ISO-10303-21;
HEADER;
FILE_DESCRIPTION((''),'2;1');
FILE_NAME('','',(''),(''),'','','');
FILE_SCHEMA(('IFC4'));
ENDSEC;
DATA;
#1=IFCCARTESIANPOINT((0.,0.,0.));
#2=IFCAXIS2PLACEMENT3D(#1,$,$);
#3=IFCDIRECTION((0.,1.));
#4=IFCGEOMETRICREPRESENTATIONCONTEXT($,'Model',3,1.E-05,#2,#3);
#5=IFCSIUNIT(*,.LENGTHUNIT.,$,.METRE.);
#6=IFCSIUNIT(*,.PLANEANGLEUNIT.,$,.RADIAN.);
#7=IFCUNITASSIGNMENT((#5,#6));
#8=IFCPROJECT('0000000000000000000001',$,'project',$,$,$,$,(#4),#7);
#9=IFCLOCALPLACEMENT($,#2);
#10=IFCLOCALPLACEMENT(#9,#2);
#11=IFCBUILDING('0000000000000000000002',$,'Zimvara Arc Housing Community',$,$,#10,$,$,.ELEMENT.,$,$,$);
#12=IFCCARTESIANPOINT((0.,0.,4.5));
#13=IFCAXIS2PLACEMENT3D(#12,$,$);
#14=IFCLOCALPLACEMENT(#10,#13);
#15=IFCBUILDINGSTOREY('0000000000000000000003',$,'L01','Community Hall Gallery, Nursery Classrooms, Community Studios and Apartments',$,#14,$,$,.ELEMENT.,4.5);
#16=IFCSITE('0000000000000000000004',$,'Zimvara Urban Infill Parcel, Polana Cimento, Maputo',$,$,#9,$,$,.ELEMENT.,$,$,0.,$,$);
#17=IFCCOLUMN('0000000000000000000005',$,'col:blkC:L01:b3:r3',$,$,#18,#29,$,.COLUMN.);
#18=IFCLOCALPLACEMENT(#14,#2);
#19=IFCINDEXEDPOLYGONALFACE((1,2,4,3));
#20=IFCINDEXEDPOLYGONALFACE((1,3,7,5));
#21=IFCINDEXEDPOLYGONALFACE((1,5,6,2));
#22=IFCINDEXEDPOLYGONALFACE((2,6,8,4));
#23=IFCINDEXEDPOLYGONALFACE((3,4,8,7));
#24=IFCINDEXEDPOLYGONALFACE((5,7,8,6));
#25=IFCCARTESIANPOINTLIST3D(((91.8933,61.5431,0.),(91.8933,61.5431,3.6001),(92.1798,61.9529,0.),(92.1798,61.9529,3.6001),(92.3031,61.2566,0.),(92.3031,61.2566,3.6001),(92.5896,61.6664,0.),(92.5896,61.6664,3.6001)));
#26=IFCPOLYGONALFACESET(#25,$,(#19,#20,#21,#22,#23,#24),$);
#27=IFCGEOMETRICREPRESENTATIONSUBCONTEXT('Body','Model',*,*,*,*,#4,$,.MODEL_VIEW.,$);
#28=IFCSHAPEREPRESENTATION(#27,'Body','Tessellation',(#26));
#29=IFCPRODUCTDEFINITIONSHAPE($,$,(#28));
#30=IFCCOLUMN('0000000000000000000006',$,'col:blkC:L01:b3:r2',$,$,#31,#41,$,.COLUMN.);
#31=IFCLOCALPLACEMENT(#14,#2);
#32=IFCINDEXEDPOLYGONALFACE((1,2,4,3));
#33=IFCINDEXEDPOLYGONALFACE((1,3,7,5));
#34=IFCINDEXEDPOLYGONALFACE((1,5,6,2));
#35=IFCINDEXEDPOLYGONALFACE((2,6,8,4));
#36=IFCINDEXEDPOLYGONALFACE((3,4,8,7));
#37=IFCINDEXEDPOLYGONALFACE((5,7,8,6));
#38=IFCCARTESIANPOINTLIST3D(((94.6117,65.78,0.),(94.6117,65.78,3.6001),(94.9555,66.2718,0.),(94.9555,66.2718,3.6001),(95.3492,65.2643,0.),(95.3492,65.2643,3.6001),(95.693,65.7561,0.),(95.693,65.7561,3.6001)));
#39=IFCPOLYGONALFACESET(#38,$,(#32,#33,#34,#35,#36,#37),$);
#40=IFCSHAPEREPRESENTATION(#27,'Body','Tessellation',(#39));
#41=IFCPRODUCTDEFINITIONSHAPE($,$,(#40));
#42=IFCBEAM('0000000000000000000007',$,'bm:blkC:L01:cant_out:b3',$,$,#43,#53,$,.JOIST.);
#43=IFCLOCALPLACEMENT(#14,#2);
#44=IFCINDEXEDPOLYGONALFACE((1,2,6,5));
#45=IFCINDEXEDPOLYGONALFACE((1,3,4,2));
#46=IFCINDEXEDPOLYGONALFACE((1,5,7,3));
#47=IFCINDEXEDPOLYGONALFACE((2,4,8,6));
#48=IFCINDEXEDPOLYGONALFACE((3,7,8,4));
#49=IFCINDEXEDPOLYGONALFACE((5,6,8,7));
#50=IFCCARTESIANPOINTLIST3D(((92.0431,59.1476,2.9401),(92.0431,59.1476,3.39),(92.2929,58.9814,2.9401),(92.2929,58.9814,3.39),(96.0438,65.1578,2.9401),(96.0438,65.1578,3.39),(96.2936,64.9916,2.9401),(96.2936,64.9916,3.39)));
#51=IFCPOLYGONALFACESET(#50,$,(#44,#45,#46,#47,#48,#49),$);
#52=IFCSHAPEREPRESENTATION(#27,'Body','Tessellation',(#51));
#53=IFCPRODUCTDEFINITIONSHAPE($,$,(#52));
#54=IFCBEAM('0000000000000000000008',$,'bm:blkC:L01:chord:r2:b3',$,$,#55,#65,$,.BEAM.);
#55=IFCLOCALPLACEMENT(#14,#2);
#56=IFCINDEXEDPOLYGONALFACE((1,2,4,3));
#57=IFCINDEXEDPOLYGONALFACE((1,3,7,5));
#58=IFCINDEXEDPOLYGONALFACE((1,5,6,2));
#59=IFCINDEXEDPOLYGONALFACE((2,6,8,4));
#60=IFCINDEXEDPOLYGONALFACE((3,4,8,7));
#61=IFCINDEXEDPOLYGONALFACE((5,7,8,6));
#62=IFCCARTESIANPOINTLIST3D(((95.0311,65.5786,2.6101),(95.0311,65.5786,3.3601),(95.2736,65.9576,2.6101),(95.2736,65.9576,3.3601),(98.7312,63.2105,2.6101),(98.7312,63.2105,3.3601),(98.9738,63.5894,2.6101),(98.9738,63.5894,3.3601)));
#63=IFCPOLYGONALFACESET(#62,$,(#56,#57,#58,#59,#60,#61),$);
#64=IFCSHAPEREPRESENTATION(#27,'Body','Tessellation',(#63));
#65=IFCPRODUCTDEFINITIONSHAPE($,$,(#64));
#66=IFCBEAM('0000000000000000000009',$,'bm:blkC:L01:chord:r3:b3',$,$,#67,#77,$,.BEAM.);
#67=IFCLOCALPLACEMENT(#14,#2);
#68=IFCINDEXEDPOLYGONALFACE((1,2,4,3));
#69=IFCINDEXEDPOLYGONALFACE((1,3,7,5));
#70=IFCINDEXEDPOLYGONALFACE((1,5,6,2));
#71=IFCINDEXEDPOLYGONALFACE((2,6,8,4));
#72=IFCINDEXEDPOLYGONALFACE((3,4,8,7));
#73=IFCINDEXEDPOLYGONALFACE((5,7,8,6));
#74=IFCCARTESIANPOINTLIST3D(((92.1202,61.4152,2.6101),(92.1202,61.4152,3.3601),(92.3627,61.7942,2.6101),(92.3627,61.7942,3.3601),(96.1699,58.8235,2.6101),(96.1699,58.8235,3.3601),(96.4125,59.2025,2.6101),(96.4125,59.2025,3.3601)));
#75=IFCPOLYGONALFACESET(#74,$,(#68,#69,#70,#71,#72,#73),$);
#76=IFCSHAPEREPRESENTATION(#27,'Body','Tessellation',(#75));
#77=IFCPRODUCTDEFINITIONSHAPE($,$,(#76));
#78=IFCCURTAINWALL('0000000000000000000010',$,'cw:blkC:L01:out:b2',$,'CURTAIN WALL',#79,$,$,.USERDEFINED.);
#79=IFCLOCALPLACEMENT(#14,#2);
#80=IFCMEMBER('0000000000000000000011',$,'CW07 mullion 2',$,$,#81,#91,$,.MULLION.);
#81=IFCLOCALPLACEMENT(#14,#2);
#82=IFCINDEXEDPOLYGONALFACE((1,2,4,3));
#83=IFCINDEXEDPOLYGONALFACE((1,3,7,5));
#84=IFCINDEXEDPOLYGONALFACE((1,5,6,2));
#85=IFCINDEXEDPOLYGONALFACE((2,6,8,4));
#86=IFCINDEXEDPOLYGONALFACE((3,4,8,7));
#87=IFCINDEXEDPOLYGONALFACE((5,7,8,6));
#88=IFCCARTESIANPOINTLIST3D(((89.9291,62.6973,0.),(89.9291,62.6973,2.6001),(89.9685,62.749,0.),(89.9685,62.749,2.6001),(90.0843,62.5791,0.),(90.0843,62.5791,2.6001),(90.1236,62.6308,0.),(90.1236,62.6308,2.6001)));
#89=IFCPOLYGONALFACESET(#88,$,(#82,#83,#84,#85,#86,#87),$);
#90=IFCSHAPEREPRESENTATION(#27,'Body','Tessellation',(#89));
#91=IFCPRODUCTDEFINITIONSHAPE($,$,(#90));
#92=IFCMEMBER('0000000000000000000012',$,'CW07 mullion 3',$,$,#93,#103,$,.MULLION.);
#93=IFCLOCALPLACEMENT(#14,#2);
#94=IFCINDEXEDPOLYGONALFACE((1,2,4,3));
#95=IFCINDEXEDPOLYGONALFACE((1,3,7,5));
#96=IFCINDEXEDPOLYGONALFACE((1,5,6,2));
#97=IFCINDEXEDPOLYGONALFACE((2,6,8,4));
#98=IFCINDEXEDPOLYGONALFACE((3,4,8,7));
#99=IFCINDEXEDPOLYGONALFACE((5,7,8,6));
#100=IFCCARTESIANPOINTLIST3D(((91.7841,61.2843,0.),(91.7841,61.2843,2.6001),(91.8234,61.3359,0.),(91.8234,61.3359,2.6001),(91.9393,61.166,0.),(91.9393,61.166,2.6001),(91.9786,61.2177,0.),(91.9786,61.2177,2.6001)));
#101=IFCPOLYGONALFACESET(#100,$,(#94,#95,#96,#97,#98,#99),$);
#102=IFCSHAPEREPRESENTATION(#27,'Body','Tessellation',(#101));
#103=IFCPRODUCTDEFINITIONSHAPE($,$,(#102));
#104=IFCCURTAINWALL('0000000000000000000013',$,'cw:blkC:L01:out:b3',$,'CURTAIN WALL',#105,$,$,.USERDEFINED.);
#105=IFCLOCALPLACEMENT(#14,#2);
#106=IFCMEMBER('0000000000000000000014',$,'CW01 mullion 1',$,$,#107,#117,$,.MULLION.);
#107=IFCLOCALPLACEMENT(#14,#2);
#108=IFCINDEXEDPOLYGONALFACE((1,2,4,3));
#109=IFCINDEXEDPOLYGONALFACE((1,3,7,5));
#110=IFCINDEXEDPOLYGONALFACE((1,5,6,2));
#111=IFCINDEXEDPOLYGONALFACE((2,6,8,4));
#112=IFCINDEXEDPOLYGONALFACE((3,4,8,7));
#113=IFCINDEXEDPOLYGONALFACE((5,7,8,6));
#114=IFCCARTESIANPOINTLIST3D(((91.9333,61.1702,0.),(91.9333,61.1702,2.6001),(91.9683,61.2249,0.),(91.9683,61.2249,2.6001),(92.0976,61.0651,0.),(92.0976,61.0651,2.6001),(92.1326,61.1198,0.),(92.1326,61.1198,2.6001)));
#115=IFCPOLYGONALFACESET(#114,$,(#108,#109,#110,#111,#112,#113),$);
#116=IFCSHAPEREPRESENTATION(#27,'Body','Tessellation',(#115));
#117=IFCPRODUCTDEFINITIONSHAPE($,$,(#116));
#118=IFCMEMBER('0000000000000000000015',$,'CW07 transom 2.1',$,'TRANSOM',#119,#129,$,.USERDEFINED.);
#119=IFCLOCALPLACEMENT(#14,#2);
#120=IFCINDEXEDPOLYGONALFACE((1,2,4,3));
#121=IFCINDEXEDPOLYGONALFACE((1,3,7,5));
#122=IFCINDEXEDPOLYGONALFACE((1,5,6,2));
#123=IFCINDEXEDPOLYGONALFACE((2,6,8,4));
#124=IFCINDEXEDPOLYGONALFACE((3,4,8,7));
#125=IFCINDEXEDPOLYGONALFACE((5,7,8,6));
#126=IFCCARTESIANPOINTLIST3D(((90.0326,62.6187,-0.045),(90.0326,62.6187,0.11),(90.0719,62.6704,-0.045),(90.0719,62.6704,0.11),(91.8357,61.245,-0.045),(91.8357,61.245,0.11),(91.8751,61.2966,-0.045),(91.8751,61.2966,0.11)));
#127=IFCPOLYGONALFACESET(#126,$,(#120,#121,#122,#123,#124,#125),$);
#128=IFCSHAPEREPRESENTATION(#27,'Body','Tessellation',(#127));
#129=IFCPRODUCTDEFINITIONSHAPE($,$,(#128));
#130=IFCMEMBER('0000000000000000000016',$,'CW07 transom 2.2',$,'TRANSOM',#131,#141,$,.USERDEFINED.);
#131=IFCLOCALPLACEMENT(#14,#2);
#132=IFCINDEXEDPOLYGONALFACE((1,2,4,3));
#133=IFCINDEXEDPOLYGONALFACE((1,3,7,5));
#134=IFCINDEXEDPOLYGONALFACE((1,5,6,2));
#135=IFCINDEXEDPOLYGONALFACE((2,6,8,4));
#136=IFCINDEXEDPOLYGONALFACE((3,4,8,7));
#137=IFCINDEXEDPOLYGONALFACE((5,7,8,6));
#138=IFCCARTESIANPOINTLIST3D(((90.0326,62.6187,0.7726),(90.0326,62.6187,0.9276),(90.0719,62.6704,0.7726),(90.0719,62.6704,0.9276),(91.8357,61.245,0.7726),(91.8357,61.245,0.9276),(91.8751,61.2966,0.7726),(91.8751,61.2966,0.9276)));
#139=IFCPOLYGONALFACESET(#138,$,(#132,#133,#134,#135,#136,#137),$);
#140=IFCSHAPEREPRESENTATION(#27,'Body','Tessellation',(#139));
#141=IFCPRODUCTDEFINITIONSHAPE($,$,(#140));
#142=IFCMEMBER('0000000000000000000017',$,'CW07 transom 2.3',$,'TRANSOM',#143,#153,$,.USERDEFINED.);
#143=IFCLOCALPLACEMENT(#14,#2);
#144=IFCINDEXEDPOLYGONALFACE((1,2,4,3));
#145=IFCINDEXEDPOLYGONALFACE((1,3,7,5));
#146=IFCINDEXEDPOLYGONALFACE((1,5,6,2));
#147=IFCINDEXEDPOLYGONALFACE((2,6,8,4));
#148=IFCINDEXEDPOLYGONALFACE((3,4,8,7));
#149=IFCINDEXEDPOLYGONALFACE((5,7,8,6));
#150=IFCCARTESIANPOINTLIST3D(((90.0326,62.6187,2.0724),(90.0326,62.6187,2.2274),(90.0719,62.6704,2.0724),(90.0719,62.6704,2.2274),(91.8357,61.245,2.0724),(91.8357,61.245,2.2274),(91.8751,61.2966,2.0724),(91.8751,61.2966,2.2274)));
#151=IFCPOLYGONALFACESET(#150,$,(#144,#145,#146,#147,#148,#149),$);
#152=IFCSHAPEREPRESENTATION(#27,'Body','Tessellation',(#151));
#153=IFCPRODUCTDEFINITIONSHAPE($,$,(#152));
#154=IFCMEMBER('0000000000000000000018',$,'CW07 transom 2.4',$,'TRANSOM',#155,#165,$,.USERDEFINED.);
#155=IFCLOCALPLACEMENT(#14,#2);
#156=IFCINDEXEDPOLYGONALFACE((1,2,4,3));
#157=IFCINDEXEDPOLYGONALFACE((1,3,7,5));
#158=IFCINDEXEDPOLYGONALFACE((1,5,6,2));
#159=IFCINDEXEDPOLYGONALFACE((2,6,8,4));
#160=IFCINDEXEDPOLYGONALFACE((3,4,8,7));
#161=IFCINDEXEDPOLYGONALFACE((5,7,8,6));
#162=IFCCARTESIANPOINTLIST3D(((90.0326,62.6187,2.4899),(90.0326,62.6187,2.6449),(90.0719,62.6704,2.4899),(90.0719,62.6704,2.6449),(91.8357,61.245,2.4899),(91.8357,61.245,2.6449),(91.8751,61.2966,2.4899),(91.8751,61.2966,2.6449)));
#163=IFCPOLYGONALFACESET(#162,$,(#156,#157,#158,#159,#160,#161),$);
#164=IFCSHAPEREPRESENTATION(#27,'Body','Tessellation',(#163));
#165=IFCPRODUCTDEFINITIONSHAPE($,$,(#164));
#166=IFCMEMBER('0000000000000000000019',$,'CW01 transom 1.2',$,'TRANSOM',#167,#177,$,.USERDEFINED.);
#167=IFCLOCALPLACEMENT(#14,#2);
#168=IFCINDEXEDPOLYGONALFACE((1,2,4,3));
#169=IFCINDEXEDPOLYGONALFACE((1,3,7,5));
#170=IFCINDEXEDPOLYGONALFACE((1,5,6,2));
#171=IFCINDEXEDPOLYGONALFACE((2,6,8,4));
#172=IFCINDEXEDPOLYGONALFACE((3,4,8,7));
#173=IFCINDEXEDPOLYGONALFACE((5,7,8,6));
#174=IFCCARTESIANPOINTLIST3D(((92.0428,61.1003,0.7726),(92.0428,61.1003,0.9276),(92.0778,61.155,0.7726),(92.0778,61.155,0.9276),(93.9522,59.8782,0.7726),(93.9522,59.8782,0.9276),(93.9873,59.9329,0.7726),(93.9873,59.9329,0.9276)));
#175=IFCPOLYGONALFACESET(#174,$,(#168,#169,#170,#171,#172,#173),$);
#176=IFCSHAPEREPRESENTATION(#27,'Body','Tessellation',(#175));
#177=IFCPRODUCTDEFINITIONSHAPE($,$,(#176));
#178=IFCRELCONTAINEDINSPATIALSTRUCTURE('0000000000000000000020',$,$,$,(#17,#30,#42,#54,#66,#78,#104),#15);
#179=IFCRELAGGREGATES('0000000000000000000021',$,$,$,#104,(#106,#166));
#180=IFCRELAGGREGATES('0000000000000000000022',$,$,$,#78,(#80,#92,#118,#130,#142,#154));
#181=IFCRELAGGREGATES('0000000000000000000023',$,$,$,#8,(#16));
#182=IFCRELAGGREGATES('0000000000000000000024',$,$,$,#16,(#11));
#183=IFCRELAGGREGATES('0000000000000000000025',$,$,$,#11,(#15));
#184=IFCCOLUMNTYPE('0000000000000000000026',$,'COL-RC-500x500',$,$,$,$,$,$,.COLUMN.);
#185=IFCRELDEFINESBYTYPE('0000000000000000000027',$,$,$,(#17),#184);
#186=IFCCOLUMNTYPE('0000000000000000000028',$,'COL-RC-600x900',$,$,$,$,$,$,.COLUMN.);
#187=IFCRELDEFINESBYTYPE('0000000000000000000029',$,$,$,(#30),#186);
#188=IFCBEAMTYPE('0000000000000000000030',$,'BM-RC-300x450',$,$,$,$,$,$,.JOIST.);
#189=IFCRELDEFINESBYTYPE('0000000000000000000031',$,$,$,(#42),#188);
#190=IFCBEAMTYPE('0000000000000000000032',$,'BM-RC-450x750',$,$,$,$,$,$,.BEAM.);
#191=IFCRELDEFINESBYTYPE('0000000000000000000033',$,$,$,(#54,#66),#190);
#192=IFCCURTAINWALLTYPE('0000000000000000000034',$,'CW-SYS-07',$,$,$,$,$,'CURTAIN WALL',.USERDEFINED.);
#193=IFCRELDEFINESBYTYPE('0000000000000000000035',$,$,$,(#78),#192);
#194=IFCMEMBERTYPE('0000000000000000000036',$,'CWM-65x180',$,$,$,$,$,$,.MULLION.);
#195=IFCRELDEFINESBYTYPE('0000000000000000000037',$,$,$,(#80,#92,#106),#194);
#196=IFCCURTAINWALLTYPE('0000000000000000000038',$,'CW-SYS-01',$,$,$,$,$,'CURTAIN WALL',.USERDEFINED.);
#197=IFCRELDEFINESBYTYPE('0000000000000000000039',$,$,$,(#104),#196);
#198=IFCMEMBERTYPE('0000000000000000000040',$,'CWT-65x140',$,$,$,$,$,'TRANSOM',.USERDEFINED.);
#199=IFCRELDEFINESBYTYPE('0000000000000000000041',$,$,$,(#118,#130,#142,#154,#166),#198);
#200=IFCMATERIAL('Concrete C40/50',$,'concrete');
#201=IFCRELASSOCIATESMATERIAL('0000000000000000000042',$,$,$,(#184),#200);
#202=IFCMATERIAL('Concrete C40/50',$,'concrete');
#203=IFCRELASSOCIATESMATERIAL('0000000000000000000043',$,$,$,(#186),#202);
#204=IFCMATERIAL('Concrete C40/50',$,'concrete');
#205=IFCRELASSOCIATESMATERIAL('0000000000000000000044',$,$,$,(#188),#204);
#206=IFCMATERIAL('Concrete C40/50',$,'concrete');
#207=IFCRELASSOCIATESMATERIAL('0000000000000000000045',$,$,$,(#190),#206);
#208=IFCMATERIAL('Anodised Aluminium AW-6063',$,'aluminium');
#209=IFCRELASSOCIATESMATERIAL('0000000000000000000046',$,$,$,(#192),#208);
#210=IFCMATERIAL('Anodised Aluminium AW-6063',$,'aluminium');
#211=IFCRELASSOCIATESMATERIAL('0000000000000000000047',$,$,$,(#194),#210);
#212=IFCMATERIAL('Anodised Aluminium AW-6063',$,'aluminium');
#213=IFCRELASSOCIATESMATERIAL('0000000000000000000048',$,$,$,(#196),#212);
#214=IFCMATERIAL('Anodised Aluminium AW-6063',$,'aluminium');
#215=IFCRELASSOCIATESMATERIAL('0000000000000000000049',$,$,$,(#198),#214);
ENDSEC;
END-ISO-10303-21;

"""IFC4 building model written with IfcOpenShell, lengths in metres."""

from ifc_helpers import new_model, si_unit, direction, frame, origin, origin_2d, place, context, subcontext, project, spatial, rectangle, extrude, material, material_profile, profile_set, type_object, element, aggregate, save


model = new_model("IFC4")

# Units and contexts
model_context = context("Model", 3, precision=1e-05, world=origin(), true_north=direction((0.0, 1.0)))
body_context = subcontext(model_context, "Body", "Model", "MODEL_VIEW")
ifc_project = project(units=[si_unit("LENGTHUNIT", "METRE"), si_unit("PLANEANGLEUNIT", "RADIAN")], contexts=[model_context])

# Site, building, storey
site_placement = place(None, origin())
site = spatial("IfcSite", under=ifc_project, at=site_placement, Name="Zimvara Urban Infill Parcel, Polana Cimento, Maputo", CompositionType="ELEMENT", RefElevation=0.0)
building_placement = place(site_placement, origin())
building = spatial("IfcBuilding", under=site, at=building_placement, Name="Zimvara Arc Housing Community", CompositionType="ELEMENT")
storey_placement = place(building_placement, frame((0.0, 0.0, 4.5)))
storey = spatial("IfcBuildingStorey", under=building, at=storey_placement, Name="L01", Description="Community Hall Gallery, Nursery Classrooms, Community Studios and Apartments", CompositionType="ELEMENT", Elevation=4.5)

# Columns
ifc_material_1 = material(Name="Concrete C40/50", Category="concrete")
ifc_material_profile_1 = material_profile(ifc_material_1, rectangle(XDim=0.5, YDim=0.5, at=origin_2d()), Name="RC 500x500")
ifc_profile_set_1 = profile_set([ifc_material_profile_1], Name="Concrete C40/50")
column_type_1 = type_object("IfcColumnType", Name="COL-RC-500x500", PredefinedType="COLUMN", material=ifc_profile_set_1)
column_1_placement = place(storey_placement, frame((92.2415, 61.6047, 0.0), z_axis=(0.0, 0.0, 1.0), x_axis=(-0.573004, -0.819552, 0.0)))
element("IfcColumn", 1, at=column_1_placement, inside=storey, type_object=column_type_1, Name="col:blkC:L01:b3:r3", PredefinedType="COLUMN", context=body_context, shape_type="SweptSolid", body=[
    extrude(rectangle(XDim=0.5, YDim=0.5, at=origin_2d()), origin(), (0.0, 0.0, 1.0), 3.6001),
])
ifc_material_2 = material(Name="Concrete C40/50", Category="concrete")
ifc_material_profile_2 = material_profile(ifc_material_2, rectangle(XDim=0.6001, YDim=0.8999, at=origin_2d()), Name="RC 600x900")
ifc_profile_set_2 = profile_set([ifc_material_profile_2], Name="Concrete C40/50")
column_type_2 = type_object("IfcColumnType", Name="COL-RC-600x900", PredefinedType="COLUMN", material=ifc_profile_set_2)
column_2_placement = place(storey_placement, frame((95.1523, 65.7681, 0.0), z_axis=(0.0, 0.0, 1.0), x_axis=(-0.573004, -0.819552, 0.0)))
element("IfcColumn", 2, at=column_2_placement, inside=storey, type_object=column_type_2, Name="col:blkC:L01:b3:r2", PredefinedType="COLUMN", context=body_context, shape_type="SweptSolid", body=[
    extrude(rectangle(XDim=0.6001, YDim=0.8999, at=origin_2d()), origin(), (0.0, 0.0, 1.0), 3.6001),
])

# Beams
ifc_material_3 = material(Name="Concrete C40/50", Category="concrete")
ifc_material_profile_3 = material_profile(ifc_material_3, rectangle(XDim=0.3, YDim=0.45, at=origin_2d()), Name="RC 300x450")
ifc_profile_set_3 = profile_set([ifc_material_profile_3], Name="Concrete C40/50")
beam_type_1 = type_object("IfcBeamType", Name="BM-RC-300x450", PredefinedType="JOIST", material=ifc_profile_set_3)
beam_1_placement = place(storey_placement, frame((96.1687, 65.0747, 3.165), z_axis=(-0.554115, -0.83244, 0.0), x_axis=(0.83244, -0.554115, 0.0)))
element("IfcBeam", 3, at=beam_1_placement, inside=storey, type_object=beam_type_1, Name="bm:blkC:L01:cant_out:b3", PredefinedType="JOIST", context=body_context, shape_type="SweptSolid", body=[
    extrude(rectangle(XDim=0.3, YDim=0.45, at=origin_2d()), origin(), (0.0, 0.0, 1.0), 7.22),
])
ifc_material_4 = material(Name="Concrete C40/50", Category="concrete")
ifc_material_profile_4 = material_profile(ifc_material_4, rectangle(XDim=0.45, YDim=0.75, at=origin_2d()), Name="RC 450x750")
ifc_profile_set_4 = profile_set([ifc_material_profile_4], Name="Concrete C40/50")
beam_type_2 = type_object("IfcBeamType", Name="BM-RC-450x750", PredefinedType="BEAM", material=ifc_profile_set_4)
beam_2_placement = place(storey_placement, frame((95.1523, 65.7681, 2.9851), z_axis=(0.842267, -0.53906, 0.0), x_axis=(0.53906, 0.842267, 0.0)))
element("IfcBeam", 4, at=beam_2_placement, inside=storey, type_object=beam_type_2, Name="bm:blkC:L01:chord:r2:b3", PredefinedType="BEAM", context=body_context, shape_type="SweptSolid", body=[
    extrude(rectangle(XDim=0.45, YDim=0.75, at=origin_2d()), origin(), (0.0, 0.0, 1.0), 4.3931),
])
beam_3_placement = place(storey_placement, frame((92.2415, 61.6047, 2.9851), z_axis=(0.842279, -0.539042, 0.0), x_axis=(0.539042, 0.842279, 0.0)))
element("IfcBeam", 5, at=beam_3_placement, inside=storey, type_object=beam_type_2, Name="bm:blkC:L01:chord:r3:b3", PredefinedType="BEAM", context=body_context, shape_type="SweptSolid", body=[
    extrude(rectangle(XDim=0.45, YDim=0.75, at=origin_2d()), origin(), (0.0, 0.0, 1.0), 4.8081),
])

# Curtain wall, members
ifc_material_5 = material(Name="Anodised Aluminium AW-6063", Category="aluminium")
curtain_wall_type_1 = type_object("IfcCurtainWallType", Name="CW-SYS-07", ElementType="CURTAIN WALL", PredefinedType="USERDEFINED", material=ifc_material_5)
curtain_wall_1_placement = place(storey_placement, origin())
curtain_wall_1 = element("IfcCurtainWall", 6, at=curtain_wall_1_placement, inside=storey, type_object=curtain_wall_type_1, Name="cw:blkC:L01:out:b2", ObjectType="CURTAIN WALL", PredefinedType="USERDEFINED")
ifc_material_6 = material(Name="Anodised Aluminium AW-6063", Category="aluminium")
ifc_material_profile_5 = material_profile(ifc_material_6, rectangle(XDim=0.0649, YDim=0.1951, at=origin_2d()), Name="ALU 65x195")
ifc_profile_set_5 = profile_set([ifc_material_profile_5], Name="Anodised Aluminium AW-6063")
member_type_1 = type_object("IfcMemberType", Name="CWM-65x180", PredefinedType="MULLION", material=ifc_profile_set_5)
member_1_placement = place(storey_placement, frame((90.0264, 62.6641, 0.0), z_axis=(0.0, 0.0, 1.0), x_axis=(0.605988, 0.795474, 0.0)))
member_1 = element("IfcMember", 7, at=member_1_placement, type_object=member_type_1, Name="CW07 mullion 2", PredefinedType="MULLION", context=body_context, shape_type="SweptSolid", body=[
    extrude(rectangle(XDim=0.0649, YDim=0.1951, at=origin_2d()), origin(), (0.0, 0.0, 1.0), 2.6001),
])
member_2_placement = place(storey_placement, frame((91.8813, 61.251, 0.0), z_axis=(0.0, 0.0, 1.0), x_axis=(0.605988, 0.795474, 0.0)))
member_2 = element("IfcMember", 8, at=member_2_placement, type_object=member_type_1, Name="CW07 mullion 3", PredefinedType="MULLION", context=body_context, shape_type="SweptSolid", body=[
    extrude(rectangle(XDim=0.0649, YDim=0.1951, at=origin_2d()), origin(), (0.0, 0.0, 1.0), 2.6001),
])

# Curtain wall, member
ifc_material_7 = material(Name="Anodised Aluminium AW-6063", Category="aluminium")
curtain_wall_type_2 = type_object("IfcCurtainWallType", Name="CW-SYS-01", ElementType="CURTAIN WALL", PredefinedType="USERDEFINED", material=ifc_material_7)
curtain_wall_2_placement = place(storey_placement, origin())
curtain_wall_2 = element("IfcCurtainWall", 9, at=curtain_wall_2_placement, inside=storey, type_object=curtain_wall_type_2, Name="cw:blkC:L01:out:b3", ObjectType="CURTAIN WALL", PredefinedType="USERDEFINED")
member_3_placement = place(storey_placement, frame((92.033, 61.145, 0.0), z_axis=(0.0, 0.0, 1.0), x_axis=(0.539065, 0.842264, 0.0)))
member_3 = element("IfcMember", 10, at=member_3_placement, type_object=member_type_1, Name="CW01 mullion 1", PredefinedType="MULLION", context=body_context, shape_type="SweptSolid", body=[
    extrude(rectangle(XDim=0.0649, YDim=0.1951, at=origin_2d()), origin(), (0.0, 0.0, 1.0), 2.6001),
])

# Members
ifc_material_8 = material(Name="Anodised Aluminium AW-6063", Category="aluminium")
ifc_material_profile_6 = material_profile(ifc_material_8, rectangle(XDim=0.0649, YDim=0.155, at=origin_2d()), Name="ALU 65x155")
ifc_profile_set_6 = profile_set([ifc_material_profile_6], Name="Anodised Aluminium AW-6063")
member_type_2 = type_object("IfcMemberType", Name="CWT-65x140", ElementType="TRANSOM", PredefinedType="USERDEFINED", material=ifc_profile_set_6)
member_4_placement = place(storey_placement, frame((90.0522, 62.6445, 0.0325), z_axis=(0.795454, -0.606014, 0.0), x_axis=(0.606014, 0.795454, 0.0)))
member_4 = element("IfcMember", 11, at=member_4_placement, type_object=member_type_2, Name="CW07 transom 2.1", ObjectType="TRANSOM", PredefinedType="USERDEFINED", context=body_context, shape_type="SweptSolid", body=[
    extrude(rectangle(XDim=0.0649, YDim=0.155, at=origin_2d()), origin(), (0.0, 0.0, 1.0), 2.2668),
])
member_5_placement = place(storey_placement, frame((90.0522, 62.6445, 0.8501), z_axis=(0.795454, -0.606014, 0.0), x_axis=(0.606014, 0.795454, 0.0)))
member_5 = element("IfcMember", 12, at=member_5_placement, type_object=member_type_2, Name="CW07 transom 2.2", ObjectType="TRANSOM", PredefinedType="USERDEFINED", context=body_context, shape_type="SweptSolid", body=[
    extrude(rectangle(XDim=0.0649, YDim=0.155, at=origin_2d()), origin(), (0.0, 0.0, 1.0), 2.2668),
])
member_6_placement = place(storey_placement, frame((90.0522, 62.6445, 2.1499), z_axis=(0.795454, -0.606014, 0.0), x_axis=(0.606014, 0.795454, 0.0)))
member_6 = element("IfcMember", 13, at=member_6_placement, type_object=member_type_2, Name="CW07 transom 2.3", ObjectType="TRANSOM", PredefinedType="USERDEFINED", context=body_context, shape_type="SweptSolid", body=[
    extrude(rectangle(XDim=0.0649, YDim=0.155, at=origin_2d()), origin(), (0.0, 0.0, 1.0), 2.2668),
])
member_7_placement = place(storey_placement, frame((90.0522, 62.6445, 2.5674), z_axis=(0.795454, -0.606014, 0.0), x_axis=(0.606014, 0.795454, 0.0)))
member_7 = element("IfcMember", 14, at=member_7_placement, type_object=member_type_2, Name="CW07 transom 2.4", ObjectType="TRANSOM", PredefinedType="USERDEFINED", context=body_context, shape_type="SweptSolid", body=[
    extrude(rectangle(XDim=0.0649, YDim=0.155, at=origin_2d()), origin(), (0.0, 0.0, 1.0), 2.2668),
])
member_8_placement = place(storey_placement, frame((92.0603, 61.1277, 0.8501), z_axis=(0.842244, -0.539096, 0.0), x_axis=(0.539096, 0.842244, 0.0)))
member_8 = element("IfcMember", 15, at=member_8_placement, type_object=member_type_2, Name="CW01 transom 1.2", ObjectType="TRANSOM", PredefinedType="USERDEFINED", context=body_context, shape_type="SweptSolid", body=[
    extrude(rectangle(XDim=0.0649, YDim=0.155, at=origin_2d()), origin(), (0.0, 0.0, 1.0), 2.2671),
])
aggregate(curtain_wall_2, [member_3, member_8])

aggregate(curtain_wall_1, [member_1, member_2, member_4, member_5, member_6, member_7])

save(model, "model.ifc")
